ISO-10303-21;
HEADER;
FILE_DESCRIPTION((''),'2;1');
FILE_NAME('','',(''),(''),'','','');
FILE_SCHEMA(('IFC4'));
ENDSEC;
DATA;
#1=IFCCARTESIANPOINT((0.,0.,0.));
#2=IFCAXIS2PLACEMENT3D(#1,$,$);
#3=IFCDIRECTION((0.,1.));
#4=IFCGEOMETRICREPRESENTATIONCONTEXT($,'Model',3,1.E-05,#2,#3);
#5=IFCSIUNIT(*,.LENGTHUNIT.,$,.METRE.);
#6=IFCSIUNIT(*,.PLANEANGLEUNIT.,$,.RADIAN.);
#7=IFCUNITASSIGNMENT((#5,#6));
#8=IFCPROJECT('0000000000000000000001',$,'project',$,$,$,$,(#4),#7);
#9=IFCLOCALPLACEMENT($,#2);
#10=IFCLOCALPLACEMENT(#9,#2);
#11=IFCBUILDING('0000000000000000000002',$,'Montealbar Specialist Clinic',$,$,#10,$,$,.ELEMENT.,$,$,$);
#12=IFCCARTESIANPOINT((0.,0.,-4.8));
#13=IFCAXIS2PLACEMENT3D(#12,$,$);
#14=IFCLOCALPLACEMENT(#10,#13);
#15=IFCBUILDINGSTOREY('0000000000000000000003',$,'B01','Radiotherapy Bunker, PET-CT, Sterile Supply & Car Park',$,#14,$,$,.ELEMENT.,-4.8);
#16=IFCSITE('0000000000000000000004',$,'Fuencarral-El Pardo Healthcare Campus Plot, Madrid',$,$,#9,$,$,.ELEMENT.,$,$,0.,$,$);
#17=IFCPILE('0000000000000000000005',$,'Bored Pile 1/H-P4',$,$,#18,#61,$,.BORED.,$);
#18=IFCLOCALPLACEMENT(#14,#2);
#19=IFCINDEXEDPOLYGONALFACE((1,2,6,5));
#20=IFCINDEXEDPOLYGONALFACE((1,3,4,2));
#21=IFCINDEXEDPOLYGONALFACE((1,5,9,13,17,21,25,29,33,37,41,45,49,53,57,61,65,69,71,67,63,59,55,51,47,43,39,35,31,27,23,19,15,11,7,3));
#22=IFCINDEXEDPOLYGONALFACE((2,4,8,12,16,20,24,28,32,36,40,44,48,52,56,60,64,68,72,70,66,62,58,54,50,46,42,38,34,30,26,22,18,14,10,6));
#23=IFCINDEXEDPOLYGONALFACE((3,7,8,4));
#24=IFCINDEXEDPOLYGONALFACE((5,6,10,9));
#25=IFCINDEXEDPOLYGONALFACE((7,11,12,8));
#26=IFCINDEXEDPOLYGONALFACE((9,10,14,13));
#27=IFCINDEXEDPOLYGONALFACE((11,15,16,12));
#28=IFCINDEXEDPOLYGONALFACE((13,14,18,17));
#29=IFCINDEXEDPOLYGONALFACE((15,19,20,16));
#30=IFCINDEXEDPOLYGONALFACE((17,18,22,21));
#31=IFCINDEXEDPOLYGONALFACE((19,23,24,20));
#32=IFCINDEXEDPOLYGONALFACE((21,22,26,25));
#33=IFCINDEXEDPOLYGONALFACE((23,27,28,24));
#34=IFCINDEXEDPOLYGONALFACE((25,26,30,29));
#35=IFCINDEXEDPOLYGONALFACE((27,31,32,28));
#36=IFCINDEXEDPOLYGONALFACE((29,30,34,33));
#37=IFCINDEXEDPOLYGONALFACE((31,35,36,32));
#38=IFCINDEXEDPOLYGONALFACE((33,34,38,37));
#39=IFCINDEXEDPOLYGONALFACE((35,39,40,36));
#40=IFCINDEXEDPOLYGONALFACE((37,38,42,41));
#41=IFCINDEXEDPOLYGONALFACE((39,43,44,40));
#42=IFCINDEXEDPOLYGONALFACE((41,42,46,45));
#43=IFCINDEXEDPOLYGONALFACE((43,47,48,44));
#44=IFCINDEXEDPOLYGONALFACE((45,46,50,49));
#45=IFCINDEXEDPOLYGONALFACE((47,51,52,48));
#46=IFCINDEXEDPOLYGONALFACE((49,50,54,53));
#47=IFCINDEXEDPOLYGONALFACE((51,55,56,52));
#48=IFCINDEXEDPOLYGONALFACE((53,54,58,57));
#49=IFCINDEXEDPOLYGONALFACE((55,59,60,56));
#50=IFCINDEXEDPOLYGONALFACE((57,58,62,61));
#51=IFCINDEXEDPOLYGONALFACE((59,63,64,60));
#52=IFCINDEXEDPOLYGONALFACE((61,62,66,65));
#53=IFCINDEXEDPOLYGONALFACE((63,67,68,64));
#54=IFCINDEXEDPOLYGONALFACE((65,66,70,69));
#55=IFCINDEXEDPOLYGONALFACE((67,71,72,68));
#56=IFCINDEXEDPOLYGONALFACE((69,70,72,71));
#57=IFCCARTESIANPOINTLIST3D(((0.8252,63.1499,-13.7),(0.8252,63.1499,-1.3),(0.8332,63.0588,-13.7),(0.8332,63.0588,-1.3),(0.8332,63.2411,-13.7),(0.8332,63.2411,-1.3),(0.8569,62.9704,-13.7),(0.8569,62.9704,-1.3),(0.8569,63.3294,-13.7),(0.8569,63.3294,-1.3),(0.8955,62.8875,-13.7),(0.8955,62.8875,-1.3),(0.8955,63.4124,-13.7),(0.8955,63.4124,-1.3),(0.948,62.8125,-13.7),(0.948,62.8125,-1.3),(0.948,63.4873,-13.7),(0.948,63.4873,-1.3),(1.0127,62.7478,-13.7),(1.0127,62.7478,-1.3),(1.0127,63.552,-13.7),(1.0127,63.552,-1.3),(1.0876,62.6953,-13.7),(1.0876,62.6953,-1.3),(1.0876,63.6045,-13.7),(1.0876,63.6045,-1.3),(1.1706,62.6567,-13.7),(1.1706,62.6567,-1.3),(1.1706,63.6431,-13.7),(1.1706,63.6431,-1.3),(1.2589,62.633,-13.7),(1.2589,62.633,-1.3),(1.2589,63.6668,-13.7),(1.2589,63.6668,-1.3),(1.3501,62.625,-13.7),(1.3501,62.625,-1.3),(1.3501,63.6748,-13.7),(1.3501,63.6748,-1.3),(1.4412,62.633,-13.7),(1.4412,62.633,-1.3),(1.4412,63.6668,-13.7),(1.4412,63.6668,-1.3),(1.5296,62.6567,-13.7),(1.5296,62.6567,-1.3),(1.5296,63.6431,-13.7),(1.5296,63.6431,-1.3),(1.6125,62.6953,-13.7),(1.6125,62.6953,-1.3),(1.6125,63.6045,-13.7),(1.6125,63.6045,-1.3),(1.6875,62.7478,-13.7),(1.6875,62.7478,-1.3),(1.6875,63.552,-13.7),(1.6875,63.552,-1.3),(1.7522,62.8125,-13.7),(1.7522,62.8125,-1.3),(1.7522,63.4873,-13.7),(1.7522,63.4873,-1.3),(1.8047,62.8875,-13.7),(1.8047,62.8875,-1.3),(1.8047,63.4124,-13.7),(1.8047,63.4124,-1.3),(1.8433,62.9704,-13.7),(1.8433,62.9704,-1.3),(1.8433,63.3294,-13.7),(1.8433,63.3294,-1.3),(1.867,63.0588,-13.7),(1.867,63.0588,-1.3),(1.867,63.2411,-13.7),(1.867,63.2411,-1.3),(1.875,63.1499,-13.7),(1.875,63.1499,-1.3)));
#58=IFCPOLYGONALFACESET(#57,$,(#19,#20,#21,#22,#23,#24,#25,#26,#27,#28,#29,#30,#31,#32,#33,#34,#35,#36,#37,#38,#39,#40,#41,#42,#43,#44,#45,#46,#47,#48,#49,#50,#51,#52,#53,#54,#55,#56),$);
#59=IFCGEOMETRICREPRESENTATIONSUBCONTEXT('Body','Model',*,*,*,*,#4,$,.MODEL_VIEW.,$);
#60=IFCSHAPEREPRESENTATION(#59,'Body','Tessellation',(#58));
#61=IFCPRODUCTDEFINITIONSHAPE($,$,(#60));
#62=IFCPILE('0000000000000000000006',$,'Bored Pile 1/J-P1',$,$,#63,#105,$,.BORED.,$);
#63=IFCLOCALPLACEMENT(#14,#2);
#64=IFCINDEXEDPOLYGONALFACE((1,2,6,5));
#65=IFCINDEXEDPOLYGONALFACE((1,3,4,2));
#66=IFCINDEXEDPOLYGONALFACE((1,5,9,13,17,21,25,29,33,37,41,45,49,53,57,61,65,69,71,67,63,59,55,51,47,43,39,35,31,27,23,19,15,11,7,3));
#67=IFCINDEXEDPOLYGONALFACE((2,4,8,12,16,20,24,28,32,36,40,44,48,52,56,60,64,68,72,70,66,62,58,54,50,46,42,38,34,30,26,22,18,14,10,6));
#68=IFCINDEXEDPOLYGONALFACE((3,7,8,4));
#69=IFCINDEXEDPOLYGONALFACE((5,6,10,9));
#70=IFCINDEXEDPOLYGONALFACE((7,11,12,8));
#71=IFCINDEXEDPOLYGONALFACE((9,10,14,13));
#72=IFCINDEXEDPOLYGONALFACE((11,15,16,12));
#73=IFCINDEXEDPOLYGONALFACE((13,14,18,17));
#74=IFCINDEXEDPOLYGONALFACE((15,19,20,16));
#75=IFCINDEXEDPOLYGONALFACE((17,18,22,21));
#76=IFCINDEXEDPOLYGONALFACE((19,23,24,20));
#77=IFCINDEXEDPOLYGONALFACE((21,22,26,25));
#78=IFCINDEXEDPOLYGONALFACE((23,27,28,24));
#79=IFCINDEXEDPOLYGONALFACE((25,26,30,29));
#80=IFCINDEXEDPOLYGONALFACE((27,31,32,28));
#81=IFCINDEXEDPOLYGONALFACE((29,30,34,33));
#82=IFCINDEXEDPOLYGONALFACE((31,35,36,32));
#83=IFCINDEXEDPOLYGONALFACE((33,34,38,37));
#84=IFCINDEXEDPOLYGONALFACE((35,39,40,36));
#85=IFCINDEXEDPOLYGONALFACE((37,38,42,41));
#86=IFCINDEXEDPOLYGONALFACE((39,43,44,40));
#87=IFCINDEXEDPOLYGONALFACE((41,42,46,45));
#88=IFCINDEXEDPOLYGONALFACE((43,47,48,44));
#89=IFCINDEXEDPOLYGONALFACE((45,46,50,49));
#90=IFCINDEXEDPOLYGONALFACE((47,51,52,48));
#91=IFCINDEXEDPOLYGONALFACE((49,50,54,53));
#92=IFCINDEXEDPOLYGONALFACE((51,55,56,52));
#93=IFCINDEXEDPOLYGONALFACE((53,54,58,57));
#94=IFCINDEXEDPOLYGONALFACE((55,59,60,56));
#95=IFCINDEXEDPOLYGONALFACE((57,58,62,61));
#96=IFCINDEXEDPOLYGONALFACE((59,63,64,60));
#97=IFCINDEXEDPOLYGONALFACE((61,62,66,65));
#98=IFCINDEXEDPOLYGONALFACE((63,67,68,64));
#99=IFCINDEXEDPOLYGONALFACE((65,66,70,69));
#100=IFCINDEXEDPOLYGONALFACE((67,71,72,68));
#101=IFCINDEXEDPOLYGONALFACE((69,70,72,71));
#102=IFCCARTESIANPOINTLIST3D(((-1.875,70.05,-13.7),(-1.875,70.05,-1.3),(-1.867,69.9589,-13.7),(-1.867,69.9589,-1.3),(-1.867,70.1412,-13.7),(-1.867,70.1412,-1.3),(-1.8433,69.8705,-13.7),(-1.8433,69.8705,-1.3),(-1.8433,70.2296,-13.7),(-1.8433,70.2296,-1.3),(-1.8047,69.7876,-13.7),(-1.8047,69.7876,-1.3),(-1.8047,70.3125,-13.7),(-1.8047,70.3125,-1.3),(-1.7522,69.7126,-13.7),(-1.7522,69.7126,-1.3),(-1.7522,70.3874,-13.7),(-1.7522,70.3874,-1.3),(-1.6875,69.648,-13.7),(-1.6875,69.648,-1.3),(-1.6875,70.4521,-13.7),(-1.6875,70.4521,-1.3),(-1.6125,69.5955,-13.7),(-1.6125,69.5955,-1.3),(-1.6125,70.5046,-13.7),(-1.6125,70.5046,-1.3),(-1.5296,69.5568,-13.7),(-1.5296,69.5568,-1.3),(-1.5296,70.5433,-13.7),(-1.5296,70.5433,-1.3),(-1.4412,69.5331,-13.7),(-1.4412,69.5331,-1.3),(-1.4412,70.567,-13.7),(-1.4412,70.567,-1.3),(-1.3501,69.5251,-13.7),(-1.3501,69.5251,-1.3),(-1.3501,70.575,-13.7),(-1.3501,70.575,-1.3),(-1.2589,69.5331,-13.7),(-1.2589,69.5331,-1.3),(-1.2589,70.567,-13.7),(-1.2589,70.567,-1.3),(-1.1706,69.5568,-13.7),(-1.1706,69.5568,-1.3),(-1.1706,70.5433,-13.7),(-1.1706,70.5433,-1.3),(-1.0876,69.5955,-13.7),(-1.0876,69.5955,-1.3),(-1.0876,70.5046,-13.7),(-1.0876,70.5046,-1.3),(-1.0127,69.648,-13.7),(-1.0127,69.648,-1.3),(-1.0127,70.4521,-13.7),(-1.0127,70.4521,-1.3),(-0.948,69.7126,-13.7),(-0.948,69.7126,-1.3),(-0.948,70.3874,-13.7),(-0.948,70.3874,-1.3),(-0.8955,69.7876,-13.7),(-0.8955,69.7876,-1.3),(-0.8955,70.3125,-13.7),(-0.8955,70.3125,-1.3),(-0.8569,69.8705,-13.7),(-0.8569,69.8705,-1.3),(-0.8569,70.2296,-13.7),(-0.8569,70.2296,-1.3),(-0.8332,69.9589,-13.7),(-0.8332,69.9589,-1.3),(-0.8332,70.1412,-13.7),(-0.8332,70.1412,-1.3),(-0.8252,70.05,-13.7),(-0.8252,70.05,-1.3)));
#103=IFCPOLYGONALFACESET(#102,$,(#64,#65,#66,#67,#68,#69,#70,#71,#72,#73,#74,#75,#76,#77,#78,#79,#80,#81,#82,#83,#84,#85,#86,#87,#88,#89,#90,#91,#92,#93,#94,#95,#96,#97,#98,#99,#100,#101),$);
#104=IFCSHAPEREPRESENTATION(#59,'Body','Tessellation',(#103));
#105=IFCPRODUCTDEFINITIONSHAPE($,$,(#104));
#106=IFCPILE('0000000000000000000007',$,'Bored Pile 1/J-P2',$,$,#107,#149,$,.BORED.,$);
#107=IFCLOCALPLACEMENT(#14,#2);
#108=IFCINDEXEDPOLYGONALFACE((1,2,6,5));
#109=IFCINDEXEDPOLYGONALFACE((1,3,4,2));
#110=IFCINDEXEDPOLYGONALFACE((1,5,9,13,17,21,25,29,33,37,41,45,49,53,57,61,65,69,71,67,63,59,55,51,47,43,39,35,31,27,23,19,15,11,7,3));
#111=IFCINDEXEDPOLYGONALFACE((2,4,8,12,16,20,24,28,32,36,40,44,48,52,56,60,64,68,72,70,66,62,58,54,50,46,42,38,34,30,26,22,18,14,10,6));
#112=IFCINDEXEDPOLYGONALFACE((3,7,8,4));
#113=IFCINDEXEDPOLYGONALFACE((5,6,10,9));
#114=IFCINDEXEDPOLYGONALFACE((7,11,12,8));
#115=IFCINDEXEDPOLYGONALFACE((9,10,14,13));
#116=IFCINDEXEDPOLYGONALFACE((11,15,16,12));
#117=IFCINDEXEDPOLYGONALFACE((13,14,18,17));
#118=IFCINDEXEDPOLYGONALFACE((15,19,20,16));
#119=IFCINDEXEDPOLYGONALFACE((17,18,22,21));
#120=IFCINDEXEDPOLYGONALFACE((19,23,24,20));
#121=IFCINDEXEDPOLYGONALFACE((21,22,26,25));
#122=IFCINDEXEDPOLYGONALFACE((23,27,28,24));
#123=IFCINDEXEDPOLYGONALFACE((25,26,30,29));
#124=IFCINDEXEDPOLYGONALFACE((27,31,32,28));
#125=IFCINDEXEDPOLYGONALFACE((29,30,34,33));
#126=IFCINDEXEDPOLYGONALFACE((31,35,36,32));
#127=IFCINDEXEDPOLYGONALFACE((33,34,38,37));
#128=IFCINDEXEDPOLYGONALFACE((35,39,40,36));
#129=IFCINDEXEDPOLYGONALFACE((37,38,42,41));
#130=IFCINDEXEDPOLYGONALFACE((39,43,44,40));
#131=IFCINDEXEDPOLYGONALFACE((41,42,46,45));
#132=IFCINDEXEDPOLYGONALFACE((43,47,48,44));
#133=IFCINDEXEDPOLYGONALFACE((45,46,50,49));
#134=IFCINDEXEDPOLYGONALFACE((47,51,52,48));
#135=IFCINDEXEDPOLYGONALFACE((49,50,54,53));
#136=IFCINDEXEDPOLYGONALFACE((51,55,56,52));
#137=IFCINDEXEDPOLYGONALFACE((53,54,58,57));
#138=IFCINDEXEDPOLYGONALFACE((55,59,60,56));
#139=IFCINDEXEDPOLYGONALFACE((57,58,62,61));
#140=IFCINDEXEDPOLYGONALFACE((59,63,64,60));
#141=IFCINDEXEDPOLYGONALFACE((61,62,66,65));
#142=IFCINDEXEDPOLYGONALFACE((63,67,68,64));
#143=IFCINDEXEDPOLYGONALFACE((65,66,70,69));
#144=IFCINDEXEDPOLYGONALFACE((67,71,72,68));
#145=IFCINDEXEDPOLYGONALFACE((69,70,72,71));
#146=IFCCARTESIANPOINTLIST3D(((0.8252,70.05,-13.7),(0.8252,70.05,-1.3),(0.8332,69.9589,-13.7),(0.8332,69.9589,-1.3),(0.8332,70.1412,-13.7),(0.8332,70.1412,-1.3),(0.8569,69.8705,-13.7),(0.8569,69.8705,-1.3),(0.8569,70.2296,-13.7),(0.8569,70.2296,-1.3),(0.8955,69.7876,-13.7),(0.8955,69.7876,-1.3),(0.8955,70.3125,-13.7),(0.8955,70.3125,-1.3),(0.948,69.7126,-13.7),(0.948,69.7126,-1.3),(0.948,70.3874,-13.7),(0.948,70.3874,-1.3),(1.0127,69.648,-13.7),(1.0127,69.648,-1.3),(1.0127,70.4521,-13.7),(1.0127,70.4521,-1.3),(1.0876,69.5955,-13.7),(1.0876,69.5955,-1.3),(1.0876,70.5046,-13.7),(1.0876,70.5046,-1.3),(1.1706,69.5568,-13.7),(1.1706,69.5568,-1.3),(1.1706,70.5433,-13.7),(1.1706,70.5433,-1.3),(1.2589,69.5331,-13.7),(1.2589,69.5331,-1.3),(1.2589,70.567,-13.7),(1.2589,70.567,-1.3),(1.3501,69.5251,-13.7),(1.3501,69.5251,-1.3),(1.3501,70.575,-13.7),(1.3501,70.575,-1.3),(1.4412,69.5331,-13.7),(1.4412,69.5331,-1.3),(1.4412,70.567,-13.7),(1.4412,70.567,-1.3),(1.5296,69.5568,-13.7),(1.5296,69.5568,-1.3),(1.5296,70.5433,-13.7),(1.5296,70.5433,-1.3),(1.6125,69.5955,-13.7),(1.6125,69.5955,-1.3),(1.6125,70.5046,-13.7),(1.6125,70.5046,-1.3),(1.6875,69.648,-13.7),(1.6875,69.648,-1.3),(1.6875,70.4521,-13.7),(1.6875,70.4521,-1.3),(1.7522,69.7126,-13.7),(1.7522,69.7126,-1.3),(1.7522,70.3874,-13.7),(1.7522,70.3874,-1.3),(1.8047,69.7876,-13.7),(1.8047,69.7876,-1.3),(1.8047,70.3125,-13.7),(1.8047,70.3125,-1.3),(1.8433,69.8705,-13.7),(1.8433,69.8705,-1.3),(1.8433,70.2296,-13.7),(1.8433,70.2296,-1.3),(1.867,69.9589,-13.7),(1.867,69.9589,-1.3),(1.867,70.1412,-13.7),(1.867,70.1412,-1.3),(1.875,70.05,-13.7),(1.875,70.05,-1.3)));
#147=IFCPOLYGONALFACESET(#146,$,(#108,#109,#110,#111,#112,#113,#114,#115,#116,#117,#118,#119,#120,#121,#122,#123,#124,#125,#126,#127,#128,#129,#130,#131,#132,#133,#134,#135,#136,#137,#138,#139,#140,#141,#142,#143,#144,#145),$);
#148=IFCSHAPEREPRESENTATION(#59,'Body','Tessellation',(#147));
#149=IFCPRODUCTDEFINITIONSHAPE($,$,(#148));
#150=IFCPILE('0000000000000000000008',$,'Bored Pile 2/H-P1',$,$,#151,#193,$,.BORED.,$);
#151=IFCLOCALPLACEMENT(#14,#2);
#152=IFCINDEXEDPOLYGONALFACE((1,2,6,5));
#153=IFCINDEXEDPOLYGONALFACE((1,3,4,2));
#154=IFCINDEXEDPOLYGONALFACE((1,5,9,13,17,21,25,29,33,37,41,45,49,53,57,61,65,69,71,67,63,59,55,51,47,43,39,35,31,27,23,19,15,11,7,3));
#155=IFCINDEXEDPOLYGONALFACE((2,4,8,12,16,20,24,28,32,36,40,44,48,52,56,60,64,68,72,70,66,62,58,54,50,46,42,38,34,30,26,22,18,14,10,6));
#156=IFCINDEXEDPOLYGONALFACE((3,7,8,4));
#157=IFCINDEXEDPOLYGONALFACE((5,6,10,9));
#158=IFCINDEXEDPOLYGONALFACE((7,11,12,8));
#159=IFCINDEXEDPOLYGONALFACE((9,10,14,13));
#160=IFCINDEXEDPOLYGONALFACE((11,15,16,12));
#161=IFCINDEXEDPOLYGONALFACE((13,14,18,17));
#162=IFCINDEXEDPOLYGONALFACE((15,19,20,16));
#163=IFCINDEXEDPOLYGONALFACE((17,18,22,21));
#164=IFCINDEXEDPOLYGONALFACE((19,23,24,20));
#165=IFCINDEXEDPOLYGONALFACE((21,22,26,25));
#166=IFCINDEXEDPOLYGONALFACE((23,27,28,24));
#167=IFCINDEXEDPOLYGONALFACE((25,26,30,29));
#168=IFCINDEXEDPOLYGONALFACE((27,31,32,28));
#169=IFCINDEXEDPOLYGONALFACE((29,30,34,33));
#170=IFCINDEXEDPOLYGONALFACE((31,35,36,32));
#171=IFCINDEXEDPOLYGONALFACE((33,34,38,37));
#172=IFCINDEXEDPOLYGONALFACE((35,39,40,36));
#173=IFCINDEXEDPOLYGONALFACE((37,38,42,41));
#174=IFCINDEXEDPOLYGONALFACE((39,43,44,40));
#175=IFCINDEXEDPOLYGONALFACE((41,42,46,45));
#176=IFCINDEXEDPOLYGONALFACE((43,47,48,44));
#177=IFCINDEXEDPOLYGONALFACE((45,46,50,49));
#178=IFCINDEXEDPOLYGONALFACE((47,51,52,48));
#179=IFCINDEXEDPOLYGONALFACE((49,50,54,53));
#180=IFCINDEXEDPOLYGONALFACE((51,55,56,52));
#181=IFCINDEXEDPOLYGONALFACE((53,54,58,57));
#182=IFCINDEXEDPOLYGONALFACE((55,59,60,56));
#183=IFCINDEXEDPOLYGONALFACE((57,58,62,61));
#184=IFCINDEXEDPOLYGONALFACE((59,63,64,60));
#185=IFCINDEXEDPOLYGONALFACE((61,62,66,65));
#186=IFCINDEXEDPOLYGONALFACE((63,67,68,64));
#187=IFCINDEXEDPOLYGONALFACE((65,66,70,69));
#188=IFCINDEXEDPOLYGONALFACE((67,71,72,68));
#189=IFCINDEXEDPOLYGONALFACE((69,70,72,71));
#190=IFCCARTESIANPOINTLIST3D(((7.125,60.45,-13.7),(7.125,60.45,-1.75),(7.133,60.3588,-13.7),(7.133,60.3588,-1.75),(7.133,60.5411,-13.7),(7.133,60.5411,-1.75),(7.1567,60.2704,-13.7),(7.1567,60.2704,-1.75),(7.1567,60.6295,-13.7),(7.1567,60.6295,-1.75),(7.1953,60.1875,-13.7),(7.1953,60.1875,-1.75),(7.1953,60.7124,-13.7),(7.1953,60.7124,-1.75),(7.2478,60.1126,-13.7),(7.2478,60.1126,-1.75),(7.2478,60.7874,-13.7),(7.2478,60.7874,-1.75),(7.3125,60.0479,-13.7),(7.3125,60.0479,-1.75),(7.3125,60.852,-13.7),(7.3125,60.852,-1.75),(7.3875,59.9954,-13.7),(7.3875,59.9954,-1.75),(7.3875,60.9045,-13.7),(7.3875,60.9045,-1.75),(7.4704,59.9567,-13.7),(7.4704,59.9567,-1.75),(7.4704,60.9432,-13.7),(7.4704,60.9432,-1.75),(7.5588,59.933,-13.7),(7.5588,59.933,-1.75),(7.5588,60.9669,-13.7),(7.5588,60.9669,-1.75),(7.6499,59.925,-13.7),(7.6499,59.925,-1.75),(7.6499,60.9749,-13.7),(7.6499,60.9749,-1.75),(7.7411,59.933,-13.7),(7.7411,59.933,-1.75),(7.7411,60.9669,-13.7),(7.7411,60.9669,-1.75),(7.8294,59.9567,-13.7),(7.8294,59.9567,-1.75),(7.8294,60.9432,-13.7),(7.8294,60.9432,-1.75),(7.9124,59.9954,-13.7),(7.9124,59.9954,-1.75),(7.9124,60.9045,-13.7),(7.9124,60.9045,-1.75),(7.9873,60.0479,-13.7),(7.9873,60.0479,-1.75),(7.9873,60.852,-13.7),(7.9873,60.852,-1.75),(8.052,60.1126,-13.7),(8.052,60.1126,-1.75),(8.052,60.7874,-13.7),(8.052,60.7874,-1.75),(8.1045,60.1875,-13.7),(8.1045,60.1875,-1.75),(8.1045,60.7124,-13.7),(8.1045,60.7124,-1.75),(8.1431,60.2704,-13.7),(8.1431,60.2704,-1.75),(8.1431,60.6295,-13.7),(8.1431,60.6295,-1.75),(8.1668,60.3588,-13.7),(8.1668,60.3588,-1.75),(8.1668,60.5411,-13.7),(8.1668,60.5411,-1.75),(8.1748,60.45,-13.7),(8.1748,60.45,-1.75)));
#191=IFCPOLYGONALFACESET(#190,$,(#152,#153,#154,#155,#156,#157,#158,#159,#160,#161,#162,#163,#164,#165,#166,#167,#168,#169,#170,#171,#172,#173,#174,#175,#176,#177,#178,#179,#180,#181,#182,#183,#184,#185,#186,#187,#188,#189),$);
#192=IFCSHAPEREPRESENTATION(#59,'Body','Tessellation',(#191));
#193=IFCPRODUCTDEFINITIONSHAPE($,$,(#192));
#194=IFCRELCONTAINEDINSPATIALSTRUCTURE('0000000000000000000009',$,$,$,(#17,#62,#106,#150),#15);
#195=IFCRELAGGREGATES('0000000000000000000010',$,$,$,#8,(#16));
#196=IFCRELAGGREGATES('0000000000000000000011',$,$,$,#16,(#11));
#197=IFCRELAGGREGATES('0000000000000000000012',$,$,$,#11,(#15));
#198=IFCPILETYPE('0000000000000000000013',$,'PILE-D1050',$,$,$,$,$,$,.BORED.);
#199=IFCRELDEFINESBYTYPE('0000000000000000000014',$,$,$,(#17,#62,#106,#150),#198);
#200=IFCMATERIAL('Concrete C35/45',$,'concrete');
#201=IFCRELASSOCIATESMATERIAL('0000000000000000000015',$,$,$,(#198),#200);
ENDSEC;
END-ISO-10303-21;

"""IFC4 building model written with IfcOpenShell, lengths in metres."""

from ifc_helpers import new_model, si_unit, direction, frame, origin, origin_2d, place, context, subcontext, project, spatial, circle, extrude, material, material_profile, profile_set, type_object, element, save


model = new_model("IFC4")

# Units and contexts
model_context = context("Model", 3, precision=1e-05, world=origin(), true_north=direction((0.0, 1.0)))
body_context = subcontext(model_context, "Body", "Model", "MODEL_VIEW")
ifc_project = project(units=[si_unit("LENGTHUNIT", "METRE"), si_unit("PLANEANGLEUNIT", "RADIAN")], contexts=[model_context])

# Site, building, storey
site_placement = place(None, origin())
site = spatial("IfcSite", under=ifc_project, at=site_placement, Name="Fuencarral-El Pardo Healthcare Campus Plot, Madrid", CompositionType="ELEMENT", RefElevation=0.0)
building_placement = place(site_placement, origin())
building = spatial("IfcBuilding", under=site, at=building_placement, Name="Montealbar Specialist Clinic", CompositionType="ELEMENT")
storey_placement = place(building_placement, frame((0.0, 0.0, -4.8)))
storey = spatial("IfcBuildingStorey", under=building, at=storey_placement, Name="B01", Description="Radiotherapy Bunker, PET-CT, Sterile Supply & Car Park", CompositionType="ELEMENT", Elevation=-4.8)

# Shared definitions
ifc_material_1 = material(Name="Concrete C35/45", Category="concrete")

# Piles
ifc_material_profile_1 = material_profile(ifc_material_1, circle(Radius=0.5249, at=origin_2d()), Name="PILE D1050", Category="concrete")
ifc_profile_set_1 = profile_set([ifc_material_profile_1], Name="Concrete C35/45")
pile_type = type_object("IfcPileType", Name="PILE-D1050", PredefinedType="BORED", material=ifc_profile_set_1)
for number, where, z_axis, x_axis, name in (
    (1, (1.3501, 63.1499, -1.3), (0.0, 0.0, -1.0), (1.0, 0.0, 0.0), "Bored Pile 1/H-P4"),
    (2, (-1.3501, 70.05, -1.3), (0.0, 0.0, -1.0), (1.0, 0.0, 0.0), "Bored Pile 1/J-P1"),
    (3, (1.3501, 70.05, -1.3), (0.0, 0.0, -1.0), (1.0, 0.0, 0.0), "Bored Pile 1/J-P2"),
):
    element("IfcPile", number, at=place(storey_placement, frame(where, z_axis=z_axis, x_axis=x_axis)), inside=storey, type_object=pile_type, Name=name, PredefinedType="BORED", context=body_context, shape_type="SweptSolid", body=[
        extrude(circle(Radius=0.5249, at=origin_2d()), origin(), (0.0, 0.0, 1.0), 12.3999),
    ])
for number, where, z_axis, x_axis, name in (
    (4, (7.6499, 60.45, -1.75), (0.0, 0.0, -1.0), (1.0, 0.0, 0.0), "Bored Pile 2/H-P1"),
):
    element("IfcPile", number, at=place(storey_placement, frame(where, z_axis=z_axis, x_axis=x_axis)), inside=storey, type_object=pile_type, Name=name, PredefinedType="BORED", context=body_context, shape_type="SweptSolid", body=[
        extrude(circle(Radius=0.5249, at=origin_2d()), origin(), (0.0, 0.0, 1.0), 11.95),
    ])

save(model, "model.ifc")
